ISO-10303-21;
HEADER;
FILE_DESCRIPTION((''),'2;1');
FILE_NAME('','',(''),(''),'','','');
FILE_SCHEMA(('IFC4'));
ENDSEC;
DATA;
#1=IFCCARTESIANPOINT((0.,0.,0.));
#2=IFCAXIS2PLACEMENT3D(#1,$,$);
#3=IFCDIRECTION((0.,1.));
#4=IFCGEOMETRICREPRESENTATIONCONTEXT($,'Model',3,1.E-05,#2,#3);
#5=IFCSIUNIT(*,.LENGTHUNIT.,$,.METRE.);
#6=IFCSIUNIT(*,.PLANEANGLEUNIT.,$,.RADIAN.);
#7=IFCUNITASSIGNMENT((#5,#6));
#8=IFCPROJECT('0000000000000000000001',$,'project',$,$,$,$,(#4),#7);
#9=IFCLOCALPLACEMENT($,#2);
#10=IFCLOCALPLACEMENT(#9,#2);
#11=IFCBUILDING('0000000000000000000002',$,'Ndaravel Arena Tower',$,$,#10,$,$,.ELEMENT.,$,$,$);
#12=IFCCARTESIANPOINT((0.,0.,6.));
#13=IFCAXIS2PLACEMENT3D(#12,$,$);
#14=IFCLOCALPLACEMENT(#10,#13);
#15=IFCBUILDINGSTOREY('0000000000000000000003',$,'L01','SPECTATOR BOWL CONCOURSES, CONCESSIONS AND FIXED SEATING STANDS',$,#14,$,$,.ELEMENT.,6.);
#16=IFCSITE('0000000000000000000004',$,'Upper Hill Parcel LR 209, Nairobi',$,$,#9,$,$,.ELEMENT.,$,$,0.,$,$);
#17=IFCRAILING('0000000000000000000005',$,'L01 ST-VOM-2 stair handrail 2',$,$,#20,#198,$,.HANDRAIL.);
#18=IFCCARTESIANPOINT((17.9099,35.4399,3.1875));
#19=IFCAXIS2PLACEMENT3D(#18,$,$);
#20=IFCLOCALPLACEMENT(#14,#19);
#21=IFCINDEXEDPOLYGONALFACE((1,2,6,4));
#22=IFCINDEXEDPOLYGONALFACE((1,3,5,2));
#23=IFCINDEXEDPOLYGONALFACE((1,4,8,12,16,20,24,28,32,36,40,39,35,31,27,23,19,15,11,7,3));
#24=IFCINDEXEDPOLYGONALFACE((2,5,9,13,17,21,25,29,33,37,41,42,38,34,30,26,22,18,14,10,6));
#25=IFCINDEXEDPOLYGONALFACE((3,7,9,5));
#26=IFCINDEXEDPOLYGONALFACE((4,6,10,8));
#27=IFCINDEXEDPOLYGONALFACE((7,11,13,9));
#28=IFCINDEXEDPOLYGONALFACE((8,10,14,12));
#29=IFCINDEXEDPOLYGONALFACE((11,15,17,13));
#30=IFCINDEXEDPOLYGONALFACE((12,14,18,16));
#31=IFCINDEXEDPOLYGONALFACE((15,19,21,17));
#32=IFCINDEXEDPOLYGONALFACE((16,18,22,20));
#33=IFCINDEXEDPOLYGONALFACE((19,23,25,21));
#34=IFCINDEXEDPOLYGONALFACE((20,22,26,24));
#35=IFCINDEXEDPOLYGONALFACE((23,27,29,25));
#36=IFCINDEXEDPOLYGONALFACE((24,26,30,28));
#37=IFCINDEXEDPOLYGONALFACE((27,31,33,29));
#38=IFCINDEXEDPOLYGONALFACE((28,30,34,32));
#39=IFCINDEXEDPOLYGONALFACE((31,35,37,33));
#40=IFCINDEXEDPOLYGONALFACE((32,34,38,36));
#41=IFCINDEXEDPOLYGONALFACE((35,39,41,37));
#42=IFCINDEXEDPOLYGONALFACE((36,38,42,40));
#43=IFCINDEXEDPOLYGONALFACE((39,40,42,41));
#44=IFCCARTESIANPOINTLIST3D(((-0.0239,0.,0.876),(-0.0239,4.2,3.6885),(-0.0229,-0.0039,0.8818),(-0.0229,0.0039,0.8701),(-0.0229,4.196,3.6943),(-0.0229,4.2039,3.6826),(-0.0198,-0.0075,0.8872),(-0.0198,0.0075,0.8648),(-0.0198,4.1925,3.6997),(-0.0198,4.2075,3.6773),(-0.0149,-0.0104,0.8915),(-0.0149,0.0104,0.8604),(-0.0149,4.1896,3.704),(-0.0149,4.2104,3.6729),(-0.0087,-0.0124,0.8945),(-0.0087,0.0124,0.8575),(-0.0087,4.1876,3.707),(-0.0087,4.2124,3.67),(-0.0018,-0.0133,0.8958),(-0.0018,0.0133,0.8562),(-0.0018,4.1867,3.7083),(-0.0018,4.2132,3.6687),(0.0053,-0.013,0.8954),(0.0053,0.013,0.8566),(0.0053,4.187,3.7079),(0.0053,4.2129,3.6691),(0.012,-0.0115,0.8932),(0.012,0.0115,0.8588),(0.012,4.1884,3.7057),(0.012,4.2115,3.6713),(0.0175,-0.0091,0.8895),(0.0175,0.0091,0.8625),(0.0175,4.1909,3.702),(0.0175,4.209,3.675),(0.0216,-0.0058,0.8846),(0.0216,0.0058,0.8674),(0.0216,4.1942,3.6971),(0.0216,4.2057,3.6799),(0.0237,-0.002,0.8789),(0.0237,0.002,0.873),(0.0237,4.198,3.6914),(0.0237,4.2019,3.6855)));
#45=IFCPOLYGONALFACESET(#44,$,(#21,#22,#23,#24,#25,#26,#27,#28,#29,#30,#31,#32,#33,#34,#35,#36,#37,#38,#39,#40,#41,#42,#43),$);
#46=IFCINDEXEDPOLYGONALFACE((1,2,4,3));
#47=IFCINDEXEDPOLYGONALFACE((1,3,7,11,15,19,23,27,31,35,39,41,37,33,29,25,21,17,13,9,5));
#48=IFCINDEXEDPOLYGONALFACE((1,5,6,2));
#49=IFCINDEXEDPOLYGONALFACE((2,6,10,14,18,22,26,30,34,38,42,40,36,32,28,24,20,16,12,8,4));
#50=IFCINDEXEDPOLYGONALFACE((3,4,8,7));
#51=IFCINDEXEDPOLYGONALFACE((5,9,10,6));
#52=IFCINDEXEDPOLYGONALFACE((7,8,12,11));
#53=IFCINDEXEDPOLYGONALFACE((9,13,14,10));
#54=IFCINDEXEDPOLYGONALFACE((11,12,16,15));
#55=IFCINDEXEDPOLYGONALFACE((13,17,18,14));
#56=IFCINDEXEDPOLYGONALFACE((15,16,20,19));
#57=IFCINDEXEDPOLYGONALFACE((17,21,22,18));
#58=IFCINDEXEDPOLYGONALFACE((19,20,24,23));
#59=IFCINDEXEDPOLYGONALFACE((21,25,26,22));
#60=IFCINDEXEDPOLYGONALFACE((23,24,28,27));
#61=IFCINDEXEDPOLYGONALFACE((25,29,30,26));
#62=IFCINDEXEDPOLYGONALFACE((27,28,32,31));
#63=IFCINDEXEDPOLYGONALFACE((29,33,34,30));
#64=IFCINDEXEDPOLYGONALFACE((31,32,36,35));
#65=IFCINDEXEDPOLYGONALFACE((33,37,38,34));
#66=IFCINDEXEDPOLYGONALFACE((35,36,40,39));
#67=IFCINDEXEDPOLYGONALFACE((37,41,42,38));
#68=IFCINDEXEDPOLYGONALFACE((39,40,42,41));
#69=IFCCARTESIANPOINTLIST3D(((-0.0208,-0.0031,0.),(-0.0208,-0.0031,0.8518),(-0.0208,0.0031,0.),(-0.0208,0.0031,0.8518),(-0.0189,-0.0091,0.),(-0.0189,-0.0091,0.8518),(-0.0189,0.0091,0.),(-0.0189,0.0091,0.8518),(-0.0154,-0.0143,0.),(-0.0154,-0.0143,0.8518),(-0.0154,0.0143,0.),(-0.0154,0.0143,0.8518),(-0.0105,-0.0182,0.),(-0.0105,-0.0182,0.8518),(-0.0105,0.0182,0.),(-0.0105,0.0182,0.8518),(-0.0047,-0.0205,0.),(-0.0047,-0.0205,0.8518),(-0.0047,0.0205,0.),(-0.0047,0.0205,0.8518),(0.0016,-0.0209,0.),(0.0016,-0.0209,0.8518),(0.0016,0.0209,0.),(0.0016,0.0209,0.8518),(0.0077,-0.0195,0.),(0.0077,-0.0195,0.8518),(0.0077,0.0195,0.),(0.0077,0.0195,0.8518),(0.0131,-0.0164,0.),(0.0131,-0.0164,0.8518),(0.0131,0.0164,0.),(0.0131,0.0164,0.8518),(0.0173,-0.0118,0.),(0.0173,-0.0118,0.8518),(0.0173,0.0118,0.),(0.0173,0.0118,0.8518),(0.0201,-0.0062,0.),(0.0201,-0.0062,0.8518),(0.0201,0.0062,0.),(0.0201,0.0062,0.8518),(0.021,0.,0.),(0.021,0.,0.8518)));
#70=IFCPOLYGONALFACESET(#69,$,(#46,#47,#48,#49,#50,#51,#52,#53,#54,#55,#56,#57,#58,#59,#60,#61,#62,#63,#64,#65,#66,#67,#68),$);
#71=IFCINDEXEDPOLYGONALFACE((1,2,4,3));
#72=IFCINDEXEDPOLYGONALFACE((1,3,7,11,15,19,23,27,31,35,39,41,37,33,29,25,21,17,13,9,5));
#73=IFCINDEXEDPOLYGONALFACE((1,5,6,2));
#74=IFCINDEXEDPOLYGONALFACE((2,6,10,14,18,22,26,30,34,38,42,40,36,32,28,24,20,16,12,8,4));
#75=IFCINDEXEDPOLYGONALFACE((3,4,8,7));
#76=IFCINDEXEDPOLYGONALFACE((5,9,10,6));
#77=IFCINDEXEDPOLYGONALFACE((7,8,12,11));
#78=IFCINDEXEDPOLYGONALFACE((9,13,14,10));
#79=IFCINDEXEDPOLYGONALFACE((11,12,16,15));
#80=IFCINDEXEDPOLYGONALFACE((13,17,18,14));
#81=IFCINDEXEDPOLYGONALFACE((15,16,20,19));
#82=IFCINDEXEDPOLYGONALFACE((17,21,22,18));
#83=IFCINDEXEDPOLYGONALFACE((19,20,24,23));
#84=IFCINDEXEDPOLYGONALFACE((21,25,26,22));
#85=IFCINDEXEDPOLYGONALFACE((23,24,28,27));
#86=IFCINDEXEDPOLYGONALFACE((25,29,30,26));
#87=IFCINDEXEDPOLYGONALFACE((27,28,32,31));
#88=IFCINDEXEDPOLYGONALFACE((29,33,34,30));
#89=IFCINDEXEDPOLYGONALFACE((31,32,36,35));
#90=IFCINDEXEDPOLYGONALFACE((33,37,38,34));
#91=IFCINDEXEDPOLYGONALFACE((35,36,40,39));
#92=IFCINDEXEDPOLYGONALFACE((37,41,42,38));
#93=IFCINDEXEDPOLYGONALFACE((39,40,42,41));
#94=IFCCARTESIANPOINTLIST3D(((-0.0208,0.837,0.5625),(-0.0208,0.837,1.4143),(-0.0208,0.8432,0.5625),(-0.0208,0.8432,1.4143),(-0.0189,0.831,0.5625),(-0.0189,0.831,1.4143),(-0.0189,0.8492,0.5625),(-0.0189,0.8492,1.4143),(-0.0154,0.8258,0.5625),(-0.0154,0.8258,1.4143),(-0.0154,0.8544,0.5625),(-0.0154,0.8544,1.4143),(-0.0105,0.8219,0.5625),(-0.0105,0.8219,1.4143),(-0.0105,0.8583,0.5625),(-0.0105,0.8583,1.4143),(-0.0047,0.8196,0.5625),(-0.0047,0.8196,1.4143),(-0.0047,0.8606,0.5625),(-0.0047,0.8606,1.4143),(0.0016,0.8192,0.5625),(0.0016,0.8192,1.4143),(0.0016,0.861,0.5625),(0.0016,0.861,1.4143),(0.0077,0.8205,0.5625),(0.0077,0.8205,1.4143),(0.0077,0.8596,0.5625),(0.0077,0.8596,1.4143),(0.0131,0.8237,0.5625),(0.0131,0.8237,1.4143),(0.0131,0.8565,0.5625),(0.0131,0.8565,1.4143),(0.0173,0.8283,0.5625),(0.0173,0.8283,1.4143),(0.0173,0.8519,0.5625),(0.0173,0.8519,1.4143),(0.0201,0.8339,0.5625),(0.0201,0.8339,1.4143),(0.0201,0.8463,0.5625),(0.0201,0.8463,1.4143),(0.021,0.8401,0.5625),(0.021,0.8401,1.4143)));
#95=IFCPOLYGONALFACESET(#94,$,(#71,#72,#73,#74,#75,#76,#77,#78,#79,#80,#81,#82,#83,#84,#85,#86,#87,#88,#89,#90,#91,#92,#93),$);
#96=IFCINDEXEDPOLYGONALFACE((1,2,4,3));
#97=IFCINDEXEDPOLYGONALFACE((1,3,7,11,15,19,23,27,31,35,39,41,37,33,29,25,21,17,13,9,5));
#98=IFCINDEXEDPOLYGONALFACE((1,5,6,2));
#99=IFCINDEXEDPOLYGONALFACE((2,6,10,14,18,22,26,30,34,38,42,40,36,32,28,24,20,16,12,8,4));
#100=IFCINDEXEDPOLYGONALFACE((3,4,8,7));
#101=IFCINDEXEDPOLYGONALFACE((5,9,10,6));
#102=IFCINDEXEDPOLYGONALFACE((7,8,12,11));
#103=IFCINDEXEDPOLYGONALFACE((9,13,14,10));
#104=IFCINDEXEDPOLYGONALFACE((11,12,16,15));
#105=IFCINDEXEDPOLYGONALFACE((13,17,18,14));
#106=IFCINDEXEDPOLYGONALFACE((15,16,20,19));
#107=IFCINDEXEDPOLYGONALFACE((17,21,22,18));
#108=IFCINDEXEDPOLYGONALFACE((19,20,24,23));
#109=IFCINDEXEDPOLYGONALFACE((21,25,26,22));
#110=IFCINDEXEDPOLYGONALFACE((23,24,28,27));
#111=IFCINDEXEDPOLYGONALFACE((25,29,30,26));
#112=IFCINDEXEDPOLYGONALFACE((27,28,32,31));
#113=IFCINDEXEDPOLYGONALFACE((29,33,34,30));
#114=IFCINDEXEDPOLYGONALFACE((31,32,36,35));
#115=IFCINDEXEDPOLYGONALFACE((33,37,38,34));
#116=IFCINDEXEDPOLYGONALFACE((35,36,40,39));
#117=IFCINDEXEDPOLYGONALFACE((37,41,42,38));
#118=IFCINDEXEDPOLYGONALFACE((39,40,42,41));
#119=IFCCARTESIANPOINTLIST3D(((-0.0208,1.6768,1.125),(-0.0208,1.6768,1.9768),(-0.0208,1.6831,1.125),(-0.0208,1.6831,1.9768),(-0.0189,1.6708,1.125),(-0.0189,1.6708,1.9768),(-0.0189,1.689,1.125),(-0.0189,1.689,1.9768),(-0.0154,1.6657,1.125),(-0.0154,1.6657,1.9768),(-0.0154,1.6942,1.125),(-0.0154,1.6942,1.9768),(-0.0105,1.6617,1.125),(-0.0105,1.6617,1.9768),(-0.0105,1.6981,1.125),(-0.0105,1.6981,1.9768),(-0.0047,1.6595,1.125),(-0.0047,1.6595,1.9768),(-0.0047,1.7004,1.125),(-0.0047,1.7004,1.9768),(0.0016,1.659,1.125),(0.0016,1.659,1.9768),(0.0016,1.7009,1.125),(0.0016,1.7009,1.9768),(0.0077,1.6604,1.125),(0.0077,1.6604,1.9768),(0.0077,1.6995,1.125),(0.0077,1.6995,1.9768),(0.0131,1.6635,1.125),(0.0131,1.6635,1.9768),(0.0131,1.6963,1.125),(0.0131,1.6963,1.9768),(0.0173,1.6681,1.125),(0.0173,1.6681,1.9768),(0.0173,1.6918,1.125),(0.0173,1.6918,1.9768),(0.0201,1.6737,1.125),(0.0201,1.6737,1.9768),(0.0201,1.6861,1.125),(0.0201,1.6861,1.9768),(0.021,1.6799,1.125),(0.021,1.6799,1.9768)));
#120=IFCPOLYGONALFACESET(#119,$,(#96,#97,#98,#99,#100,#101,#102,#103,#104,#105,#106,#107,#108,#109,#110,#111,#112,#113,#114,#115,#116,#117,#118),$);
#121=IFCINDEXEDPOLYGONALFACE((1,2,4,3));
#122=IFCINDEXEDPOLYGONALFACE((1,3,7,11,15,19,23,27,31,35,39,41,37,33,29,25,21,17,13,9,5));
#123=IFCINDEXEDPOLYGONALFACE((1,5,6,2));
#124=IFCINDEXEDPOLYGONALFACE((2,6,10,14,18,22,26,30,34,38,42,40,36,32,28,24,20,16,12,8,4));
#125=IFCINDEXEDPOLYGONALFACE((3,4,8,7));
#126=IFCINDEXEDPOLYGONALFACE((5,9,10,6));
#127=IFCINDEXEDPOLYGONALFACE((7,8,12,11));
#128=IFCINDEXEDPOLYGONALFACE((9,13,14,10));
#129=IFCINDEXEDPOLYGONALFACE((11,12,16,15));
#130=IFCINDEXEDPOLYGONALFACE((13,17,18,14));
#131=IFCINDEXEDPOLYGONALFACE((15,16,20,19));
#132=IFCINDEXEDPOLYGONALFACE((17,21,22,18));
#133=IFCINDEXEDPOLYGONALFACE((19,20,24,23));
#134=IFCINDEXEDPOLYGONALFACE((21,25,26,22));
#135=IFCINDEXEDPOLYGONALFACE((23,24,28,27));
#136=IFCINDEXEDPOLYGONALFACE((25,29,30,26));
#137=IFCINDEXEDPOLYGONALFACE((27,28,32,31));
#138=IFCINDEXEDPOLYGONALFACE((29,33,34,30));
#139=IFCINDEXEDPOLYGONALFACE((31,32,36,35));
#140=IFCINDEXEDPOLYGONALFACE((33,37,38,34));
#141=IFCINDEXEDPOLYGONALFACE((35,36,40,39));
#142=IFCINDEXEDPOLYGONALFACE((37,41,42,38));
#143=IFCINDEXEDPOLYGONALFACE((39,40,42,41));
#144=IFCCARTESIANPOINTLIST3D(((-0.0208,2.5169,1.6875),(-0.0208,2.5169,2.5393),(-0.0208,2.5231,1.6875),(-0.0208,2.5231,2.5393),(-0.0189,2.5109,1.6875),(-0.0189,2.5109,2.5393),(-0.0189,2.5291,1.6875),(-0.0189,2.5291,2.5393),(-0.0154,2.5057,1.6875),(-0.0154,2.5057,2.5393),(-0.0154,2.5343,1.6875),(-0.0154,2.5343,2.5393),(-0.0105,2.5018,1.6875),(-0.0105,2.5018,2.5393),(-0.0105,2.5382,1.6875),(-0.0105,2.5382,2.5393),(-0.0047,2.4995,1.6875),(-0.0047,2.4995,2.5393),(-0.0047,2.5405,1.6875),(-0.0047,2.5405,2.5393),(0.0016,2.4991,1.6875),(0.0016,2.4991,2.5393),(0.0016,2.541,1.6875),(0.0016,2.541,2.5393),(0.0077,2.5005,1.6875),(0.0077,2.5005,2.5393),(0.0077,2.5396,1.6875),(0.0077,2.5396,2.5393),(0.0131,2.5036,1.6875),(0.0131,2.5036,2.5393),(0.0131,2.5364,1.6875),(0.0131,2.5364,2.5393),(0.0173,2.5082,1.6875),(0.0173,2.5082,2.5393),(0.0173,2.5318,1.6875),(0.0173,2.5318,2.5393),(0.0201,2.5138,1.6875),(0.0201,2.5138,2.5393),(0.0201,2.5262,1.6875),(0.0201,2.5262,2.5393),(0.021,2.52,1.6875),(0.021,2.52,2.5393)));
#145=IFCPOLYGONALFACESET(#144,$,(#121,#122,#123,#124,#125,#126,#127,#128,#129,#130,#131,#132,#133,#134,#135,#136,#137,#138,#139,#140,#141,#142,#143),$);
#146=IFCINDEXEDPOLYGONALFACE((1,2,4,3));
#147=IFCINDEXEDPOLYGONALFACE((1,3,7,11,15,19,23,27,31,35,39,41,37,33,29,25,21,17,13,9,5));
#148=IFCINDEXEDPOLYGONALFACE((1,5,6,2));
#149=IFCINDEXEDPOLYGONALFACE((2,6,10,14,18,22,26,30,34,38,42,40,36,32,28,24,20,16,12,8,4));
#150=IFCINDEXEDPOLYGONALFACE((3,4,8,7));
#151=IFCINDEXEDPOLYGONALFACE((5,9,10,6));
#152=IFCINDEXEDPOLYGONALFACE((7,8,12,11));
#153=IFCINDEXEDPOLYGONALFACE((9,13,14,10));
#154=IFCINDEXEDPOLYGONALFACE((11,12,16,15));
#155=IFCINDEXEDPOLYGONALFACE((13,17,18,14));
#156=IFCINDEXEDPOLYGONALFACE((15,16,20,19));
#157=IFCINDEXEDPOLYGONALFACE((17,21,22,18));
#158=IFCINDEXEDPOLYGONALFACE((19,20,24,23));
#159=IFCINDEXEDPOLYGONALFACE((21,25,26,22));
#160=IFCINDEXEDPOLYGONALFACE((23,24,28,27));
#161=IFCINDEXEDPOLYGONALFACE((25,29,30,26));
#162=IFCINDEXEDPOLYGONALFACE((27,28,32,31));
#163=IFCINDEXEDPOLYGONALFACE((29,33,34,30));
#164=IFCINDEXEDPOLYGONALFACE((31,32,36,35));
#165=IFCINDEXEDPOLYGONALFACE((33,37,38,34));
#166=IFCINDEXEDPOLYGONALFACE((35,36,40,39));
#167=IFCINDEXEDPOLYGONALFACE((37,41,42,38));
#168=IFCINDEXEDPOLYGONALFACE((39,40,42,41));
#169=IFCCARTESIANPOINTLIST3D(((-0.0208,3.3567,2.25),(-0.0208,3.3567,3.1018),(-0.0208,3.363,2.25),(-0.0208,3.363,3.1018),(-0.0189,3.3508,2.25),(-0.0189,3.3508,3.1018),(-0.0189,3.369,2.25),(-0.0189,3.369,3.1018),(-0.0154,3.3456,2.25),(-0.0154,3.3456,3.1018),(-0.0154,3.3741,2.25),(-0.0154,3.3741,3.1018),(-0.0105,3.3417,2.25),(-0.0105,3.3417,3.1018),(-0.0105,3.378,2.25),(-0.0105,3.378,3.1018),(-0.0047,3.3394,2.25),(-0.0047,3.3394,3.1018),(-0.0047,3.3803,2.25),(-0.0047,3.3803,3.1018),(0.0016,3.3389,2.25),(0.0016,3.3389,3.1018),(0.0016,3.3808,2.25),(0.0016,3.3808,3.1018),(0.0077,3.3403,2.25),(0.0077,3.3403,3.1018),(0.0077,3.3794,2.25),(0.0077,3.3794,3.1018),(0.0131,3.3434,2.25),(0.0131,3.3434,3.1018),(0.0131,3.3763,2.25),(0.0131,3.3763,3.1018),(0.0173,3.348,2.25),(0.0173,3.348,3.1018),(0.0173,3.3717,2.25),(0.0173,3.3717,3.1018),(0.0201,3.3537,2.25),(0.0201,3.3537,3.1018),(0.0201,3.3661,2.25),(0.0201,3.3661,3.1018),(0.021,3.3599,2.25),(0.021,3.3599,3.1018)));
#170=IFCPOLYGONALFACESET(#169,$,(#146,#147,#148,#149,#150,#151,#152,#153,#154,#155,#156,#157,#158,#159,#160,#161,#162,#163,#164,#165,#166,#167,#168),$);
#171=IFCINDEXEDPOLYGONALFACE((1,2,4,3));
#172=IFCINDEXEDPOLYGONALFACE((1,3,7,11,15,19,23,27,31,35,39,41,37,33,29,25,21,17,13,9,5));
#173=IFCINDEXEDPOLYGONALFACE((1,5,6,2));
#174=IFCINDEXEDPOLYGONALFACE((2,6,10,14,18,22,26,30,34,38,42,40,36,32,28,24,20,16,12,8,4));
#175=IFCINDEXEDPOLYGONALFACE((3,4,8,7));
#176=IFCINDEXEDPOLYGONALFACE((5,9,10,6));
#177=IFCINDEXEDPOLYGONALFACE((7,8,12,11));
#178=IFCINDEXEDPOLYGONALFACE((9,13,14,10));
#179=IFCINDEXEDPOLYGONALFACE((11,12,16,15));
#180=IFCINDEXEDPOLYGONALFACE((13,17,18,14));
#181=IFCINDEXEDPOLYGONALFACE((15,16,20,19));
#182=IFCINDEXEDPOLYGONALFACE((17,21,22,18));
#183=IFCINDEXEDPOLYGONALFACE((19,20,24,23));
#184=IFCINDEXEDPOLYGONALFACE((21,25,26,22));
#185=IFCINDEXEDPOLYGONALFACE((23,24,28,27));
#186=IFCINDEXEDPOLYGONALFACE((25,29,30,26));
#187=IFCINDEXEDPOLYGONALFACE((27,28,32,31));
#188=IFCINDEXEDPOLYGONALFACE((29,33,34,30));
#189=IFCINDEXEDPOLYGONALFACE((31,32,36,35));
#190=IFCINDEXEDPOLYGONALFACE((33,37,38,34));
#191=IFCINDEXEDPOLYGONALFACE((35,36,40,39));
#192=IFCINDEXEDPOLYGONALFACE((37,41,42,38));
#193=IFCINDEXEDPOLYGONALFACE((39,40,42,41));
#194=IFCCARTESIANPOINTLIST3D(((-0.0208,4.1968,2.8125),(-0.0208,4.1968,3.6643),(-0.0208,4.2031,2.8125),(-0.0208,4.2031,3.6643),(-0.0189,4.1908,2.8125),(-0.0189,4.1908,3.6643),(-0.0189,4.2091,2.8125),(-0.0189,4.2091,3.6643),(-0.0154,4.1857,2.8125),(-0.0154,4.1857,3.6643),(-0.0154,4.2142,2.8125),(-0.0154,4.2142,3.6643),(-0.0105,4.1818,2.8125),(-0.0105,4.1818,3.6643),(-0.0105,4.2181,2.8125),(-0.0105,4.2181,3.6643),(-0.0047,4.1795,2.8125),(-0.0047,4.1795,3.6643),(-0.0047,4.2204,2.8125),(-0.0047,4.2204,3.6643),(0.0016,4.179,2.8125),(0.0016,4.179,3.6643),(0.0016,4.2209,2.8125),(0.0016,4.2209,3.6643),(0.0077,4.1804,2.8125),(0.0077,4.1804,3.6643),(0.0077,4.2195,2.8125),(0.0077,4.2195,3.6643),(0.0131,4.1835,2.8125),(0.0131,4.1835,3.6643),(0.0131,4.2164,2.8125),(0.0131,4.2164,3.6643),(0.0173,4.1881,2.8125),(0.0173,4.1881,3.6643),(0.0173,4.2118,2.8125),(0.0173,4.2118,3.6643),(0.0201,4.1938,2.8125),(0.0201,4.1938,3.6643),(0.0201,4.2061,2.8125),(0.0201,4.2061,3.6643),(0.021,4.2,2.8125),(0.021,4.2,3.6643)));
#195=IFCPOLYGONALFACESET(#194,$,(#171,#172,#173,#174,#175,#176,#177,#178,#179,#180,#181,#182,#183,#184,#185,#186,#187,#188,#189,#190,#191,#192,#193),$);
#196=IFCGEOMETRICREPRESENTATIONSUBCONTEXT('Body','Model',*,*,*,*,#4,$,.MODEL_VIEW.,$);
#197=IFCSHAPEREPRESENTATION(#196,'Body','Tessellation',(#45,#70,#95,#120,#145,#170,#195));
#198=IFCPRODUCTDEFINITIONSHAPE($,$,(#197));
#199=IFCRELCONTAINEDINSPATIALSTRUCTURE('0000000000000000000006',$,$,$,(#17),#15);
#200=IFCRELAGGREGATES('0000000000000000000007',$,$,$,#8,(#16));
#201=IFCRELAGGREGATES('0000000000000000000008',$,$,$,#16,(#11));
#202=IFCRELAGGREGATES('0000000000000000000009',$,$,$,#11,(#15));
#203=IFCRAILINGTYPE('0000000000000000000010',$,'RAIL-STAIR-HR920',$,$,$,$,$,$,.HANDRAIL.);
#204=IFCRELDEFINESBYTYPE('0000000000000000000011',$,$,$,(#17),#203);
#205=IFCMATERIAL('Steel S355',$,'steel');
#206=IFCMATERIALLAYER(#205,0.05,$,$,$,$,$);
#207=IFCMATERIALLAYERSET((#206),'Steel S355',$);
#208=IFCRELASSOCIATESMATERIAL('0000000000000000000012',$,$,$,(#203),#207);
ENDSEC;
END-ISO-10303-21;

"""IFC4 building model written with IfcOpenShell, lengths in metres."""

from ifc_helpers import new_model, si_unit, direction, frame, origin, origin_2d, place, context, subcontext, project, spatial, circle, extrude, material, layer, layer_set, type_object, element, save


model = new_model("IFC4")

# Units and contexts
model_context = context("Model", 3, precision=1e-05, world=origin(), true_north=direction((0.0, 1.0)))
body_context = subcontext(model_context, "Body", "Model", "MODEL_VIEW")
ifc_project = project(units=[si_unit("LENGTHUNIT", "METRE"), si_unit("PLANEANGLEUNIT", "RADIAN")], contexts=[model_context])

# Site, building, storey
site_placement = place(None, origin())
site = spatial("IfcSite", under=ifc_project, at=site_placement, Name="Upper Hill Parcel LR 209, Nairobi", CompositionType="ELEMENT", RefElevation=0.0)
building_placement = place(site_placement, origin())
building = spatial("IfcBuilding", under=site, at=building_placement, Name="Ndaravel Arena Tower", CompositionType="ELEMENT")
storey_placement = place(building_placement, frame((0.0, 0.0, 6.0)))
storey = spatial("IfcBuildingStorey", under=building, at=storey_placement, Name="L01", Description="SPECTATOR BOWL CONCOURSES, CONCESSIONS AND FIXED SEATING STANDS", CompositionType="ELEMENT", Elevation=6.0)

# Railing
ifc_material_1 = material(Name="Steel S355", Category="steel")
ifc_layer_1 = layer(ifc_material_1, 0.05)
ifc_layer_set_1 = layer_set([ifc_layer_1], Name="Steel S355")
railing_type_1 = type_object("IfcRailingType", Name="RAIL-STAIR-HR920", PredefinedType="HANDRAIL", material=ifc_layer_set_1)
for number, where, name in (
    (1, (17.9099, 35.4399, 3.1875), "L01 ST-VOM-2 stair handrail 2"),
):
    element("IfcRailing", number, at=place(storey_placement, frame(where)), inside=storey, type_object=railing_type_1, Name=name, PredefinedType="HANDRAIL", context=body_context, shape_type="SweptSolid", body=[
        extrude(circle(Radius=0.0239, at=origin_2d()), frame((0.0, 0.0, 0.876), z_axis=(0.0, 0.830904, 0.556416), x_axis=(-1.0, 0.0, 0.0)), (0.0, 0.0, 1.0), 5.0547),
        extrude(circle(Radius=0.021, at=origin_2d()), origin(), (0.0, 0.0, 1.0), 0.8518),
        extrude(circle(Radius=0.021, at=origin_2d()), frame((0.0, 0.8401, 0.5625)), (0.0, 0.0, 1.0), 0.8518),
        extrude(circle(Radius=0.021, at=origin_2d()), frame((0.0, 1.6799, 1.125)), (0.0, 0.0, 1.0), 0.8518),
        extrude(circle(Radius=0.021, at=origin_2d()), frame((0.0, 2.52, 1.6875)), (0.0, 0.0, 1.0), 0.8518),
        extrude(circle(Radius=0.021, at=origin_2d()), frame((0.0, 3.3599, 2.25)), (0.0, 0.0, 1.0), 0.8518),
        extrude(circle(Radius=0.021, at=origin_2d()), frame((0.0, 4.2, 2.8125)), (0.0, 0.0, 1.0), 0.8518),
    ])

save(model, "model.ifc")
